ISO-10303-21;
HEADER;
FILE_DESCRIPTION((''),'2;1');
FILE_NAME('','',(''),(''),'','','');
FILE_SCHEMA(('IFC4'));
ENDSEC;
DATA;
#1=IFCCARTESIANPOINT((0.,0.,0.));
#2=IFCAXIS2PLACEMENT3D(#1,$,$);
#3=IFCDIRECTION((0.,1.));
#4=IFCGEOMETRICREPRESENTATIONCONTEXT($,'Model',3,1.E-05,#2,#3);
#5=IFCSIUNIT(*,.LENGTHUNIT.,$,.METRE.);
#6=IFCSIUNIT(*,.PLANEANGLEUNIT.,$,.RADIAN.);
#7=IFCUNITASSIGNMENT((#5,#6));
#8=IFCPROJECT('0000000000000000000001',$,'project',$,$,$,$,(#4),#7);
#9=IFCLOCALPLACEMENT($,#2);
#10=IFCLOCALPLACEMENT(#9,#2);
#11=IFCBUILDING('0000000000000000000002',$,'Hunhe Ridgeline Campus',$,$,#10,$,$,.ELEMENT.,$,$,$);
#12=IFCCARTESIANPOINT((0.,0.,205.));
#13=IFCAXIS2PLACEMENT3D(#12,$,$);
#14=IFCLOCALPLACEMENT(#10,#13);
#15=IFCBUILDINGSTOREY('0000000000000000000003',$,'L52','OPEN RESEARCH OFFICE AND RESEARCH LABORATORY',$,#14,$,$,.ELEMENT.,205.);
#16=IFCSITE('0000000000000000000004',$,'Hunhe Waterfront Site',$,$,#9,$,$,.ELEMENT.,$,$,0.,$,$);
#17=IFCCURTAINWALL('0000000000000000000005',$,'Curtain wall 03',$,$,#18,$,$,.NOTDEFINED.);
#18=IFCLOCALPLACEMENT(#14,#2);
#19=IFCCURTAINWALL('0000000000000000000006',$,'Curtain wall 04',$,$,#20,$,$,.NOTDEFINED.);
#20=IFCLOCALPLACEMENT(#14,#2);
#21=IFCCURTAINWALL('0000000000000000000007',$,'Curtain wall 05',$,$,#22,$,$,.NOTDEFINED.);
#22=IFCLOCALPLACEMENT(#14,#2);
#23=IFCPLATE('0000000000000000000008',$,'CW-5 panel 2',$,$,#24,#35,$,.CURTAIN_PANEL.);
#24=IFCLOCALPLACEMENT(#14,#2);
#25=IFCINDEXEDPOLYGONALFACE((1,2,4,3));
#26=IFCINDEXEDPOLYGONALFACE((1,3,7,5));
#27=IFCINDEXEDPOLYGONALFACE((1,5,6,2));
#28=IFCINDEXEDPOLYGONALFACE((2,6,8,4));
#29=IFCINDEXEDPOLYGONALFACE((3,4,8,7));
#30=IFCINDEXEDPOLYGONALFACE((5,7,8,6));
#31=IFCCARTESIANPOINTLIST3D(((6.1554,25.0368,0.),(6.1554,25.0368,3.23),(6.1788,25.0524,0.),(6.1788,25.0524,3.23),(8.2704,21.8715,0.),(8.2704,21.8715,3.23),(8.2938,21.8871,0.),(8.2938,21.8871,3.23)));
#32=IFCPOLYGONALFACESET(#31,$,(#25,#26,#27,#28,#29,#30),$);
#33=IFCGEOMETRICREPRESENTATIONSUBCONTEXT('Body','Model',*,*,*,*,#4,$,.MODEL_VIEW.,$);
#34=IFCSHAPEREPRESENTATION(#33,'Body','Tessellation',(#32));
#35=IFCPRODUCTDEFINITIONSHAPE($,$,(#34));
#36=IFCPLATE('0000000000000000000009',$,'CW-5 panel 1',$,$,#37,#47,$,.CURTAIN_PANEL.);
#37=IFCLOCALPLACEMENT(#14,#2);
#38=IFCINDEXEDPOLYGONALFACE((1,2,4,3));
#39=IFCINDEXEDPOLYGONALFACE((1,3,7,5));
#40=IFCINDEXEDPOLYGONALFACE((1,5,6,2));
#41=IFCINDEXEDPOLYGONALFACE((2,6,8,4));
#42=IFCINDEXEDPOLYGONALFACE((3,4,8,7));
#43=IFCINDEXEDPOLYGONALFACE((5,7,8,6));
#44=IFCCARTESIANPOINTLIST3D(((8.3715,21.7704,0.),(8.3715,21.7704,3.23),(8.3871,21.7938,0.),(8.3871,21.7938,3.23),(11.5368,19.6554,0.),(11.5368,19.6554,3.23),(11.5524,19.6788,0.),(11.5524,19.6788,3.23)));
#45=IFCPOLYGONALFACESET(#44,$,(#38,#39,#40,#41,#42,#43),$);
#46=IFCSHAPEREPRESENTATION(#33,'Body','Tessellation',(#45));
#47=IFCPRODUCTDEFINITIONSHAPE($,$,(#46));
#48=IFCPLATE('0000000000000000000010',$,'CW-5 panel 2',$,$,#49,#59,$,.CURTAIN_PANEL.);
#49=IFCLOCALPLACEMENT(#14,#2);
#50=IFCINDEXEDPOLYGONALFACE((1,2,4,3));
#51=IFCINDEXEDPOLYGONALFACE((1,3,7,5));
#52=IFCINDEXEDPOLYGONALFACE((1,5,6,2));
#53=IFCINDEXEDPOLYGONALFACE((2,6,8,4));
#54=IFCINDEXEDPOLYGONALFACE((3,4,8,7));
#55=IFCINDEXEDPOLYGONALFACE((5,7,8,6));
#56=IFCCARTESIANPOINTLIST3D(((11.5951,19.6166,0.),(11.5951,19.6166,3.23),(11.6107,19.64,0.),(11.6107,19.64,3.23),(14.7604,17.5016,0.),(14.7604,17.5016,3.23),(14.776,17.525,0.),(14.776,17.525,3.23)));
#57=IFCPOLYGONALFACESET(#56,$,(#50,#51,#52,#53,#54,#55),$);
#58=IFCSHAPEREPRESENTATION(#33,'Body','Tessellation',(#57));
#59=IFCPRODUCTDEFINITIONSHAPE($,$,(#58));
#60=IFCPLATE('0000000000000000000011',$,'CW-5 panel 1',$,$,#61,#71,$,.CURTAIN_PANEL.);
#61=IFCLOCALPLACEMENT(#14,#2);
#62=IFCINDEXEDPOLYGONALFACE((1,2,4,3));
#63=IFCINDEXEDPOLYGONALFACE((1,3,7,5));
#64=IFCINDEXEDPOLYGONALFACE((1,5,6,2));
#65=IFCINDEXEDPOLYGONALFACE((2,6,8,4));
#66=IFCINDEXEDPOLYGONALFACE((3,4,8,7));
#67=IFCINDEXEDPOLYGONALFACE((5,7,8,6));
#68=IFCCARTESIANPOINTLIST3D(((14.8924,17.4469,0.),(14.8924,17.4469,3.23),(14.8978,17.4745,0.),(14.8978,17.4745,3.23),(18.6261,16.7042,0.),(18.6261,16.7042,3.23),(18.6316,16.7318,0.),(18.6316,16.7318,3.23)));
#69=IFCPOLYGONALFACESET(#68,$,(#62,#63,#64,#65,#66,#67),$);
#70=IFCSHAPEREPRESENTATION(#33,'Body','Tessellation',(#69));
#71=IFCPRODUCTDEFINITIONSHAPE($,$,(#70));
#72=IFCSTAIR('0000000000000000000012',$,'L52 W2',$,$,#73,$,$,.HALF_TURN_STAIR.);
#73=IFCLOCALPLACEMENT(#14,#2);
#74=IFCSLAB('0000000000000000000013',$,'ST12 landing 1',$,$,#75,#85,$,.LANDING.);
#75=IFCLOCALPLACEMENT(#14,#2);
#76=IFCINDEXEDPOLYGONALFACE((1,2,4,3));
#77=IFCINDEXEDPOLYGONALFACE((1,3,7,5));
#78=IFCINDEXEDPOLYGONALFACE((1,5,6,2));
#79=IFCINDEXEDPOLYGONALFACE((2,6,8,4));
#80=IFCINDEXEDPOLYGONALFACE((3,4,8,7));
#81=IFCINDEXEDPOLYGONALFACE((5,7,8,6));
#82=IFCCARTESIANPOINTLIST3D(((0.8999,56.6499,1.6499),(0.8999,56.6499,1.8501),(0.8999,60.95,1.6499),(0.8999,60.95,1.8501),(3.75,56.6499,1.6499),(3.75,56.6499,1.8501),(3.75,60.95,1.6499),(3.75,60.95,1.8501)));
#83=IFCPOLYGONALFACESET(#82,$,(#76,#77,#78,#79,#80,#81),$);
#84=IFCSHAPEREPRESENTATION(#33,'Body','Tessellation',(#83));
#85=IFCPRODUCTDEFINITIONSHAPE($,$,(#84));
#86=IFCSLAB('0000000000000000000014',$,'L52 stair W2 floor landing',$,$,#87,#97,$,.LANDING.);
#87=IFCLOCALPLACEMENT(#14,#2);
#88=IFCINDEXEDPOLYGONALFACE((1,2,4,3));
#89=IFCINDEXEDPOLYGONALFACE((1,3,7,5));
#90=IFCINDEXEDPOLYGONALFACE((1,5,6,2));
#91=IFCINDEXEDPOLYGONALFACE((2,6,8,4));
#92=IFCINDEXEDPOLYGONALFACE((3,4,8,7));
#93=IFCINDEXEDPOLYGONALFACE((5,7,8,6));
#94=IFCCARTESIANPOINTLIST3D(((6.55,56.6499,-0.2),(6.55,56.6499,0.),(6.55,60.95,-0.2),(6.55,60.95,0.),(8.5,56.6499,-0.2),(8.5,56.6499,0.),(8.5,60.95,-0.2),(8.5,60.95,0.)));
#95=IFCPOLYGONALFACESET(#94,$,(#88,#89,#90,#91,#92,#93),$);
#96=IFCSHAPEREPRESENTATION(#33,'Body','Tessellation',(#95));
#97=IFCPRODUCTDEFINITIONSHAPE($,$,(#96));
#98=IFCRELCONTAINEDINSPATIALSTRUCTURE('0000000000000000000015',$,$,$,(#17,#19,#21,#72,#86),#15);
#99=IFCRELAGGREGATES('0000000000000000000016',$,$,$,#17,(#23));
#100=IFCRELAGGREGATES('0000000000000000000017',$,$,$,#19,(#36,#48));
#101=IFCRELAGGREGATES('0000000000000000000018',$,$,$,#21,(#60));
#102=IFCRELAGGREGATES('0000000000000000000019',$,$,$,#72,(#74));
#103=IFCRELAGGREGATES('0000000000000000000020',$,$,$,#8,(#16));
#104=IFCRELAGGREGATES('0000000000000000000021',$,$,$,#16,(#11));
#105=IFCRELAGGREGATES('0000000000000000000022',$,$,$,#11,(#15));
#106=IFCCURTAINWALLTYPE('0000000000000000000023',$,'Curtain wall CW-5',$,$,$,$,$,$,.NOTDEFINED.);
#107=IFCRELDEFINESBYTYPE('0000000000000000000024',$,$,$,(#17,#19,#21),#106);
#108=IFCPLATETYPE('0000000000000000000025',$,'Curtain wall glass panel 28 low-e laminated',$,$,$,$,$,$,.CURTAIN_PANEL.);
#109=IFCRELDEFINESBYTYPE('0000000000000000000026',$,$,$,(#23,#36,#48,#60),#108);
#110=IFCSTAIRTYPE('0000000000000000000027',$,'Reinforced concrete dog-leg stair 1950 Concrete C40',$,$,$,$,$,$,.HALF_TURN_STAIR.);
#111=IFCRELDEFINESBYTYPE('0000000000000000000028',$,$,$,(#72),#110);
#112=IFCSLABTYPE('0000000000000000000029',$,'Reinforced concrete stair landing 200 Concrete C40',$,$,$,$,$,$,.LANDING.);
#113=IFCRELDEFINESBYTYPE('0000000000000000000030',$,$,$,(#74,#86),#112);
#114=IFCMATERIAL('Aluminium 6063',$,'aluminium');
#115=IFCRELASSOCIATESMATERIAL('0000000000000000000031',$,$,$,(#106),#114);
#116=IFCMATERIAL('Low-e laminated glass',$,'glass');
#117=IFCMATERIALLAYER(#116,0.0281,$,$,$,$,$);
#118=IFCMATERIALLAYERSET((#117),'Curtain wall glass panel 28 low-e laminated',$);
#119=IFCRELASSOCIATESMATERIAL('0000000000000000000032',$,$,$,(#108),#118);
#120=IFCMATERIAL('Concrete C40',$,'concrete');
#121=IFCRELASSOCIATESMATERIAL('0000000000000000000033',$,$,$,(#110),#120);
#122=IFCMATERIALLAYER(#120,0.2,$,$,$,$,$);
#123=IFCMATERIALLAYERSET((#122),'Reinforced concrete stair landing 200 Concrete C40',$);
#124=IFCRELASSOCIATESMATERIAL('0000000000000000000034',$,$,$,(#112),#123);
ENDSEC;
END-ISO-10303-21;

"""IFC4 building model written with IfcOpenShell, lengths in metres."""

from ifc_helpers import new_model, si_unit, direction, frame, origin, origin_2d, place, context, subcontext, project, spatial, polyline, rectangle, outline, extrude, material, layer, layer_set, type_object, element, aggregate, save


model = new_model("IFC4")

# Units and contexts
model_context = context("Model", 3, precision=1e-05, world=origin(), true_north=direction((0.0, 1.0)))
body_context = subcontext(model_context, "Body", "Model", "MODEL_VIEW")
ifc_project = project(units=[si_unit("LENGTHUNIT", "METRE"), si_unit("PLANEANGLEUNIT", "RADIAN")], contexts=[model_context])

# Site, building, storey
site_placement = place(None, origin())
site = spatial("IfcSite", under=ifc_project, at=site_placement, Name="Hunhe Waterfront Site", CompositionType="ELEMENT", RefElevation=0.0)
building_placement = place(site_placement, origin())
building = spatial("IfcBuilding", under=site, at=building_placement, Name="Hunhe Ridgeline Campus", CompositionType="ELEMENT")
storey_placement = place(building_placement, frame((0.0, 0.0, 205.0)))
storey = spatial("IfcBuildingStorey", under=building, at=storey_placement, Name="L52", Description="OPEN RESEARCH OFFICE AND RESEARCH LABORATORY", CompositionType="ELEMENT", Elevation=205.0)

# Curtain walls
ifc_material_1 = material(Name="Aluminium 6063", Category="aluminium")
curtain_wall_type = type_object("IfcCurtainWallType", Name="Curtain wall CW-5", PredefinedType="NOTDEFINED", material=ifc_material_1)
curtain_wall_1_placement = place(storey_placement, origin())
curtain_wall_1 = element("IfcCurtainWall", 1, at=curtain_wall_1_placement, inside=storey, type_object=curtain_wall_type, Name="Curtain wall 03", PredefinedType="NOTDEFINED")
curtain_wall_2_placement = place(storey_placement, origin())
curtain_wall_2 = element("IfcCurtainWall", 2, at=curtain_wall_2_placement, inside=storey, type_object=curtain_wall_type, Name="Curtain wall 04", PredefinedType="NOTDEFINED")
curtain_wall_3_placement = place(storey_placement, origin())
curtain_wall_3 = element("IfcCurtainWall", 3, at=curtain_wall_3_placement, inside=storey, type_object=curtain_wall_type, Name="Curtain wall 05", PredefinedType="NOTDEFINED")

# Plates
ifc_material_2 = material(Name="Low-e laminated glass", Category="glass")
ifc_layer_1 = layer(ifc_material_2, 0.0281)
ifc_layer_set_1 = layer_set([ifc_layer_1], Name="Curtain wall glass panel 28 low-e laminated")
plate_type = type_object("IfcPlateType", Name="Curtain wall glass panel 28 low-e laminated", PredefinedType="CURTAIN_PANEL", material=ifc_layer_set_1)
plate_1_placement = place(storey_placement, frame((7.2246, 23.4619, 0.0), z_axis=(0.0, 0.0, 1.0), x_axis=(0.55557, -0.83147, 0.0)))
plate_1 = element("IfcPlate", 4, at=plate_1_placement, type_object=plate_type, Name="CW-5 panel 2", PredefinedType="CURTAIN_PANEL", context=body_context, shape_type="SweptSolid", body=[
    extrude(rectangle(XDim=3.8069, YDim=0.0281, at=origin_2d()), origin(), (0.0, 0.0, 1.0), 3.23),
])
aggregate(curtain_wall_1, [plate_1])
plate_2_placement = place(storey_placement, frame((9.9619, 20.7246, 0.0), z_axis=(0.0, 0.0, 1.0), x_axis=(0.83147, -0.55557, 0.0)))
plate_2 = element("IfcPlate", 5, at=plate_2_placement, type_object=plate_type, Name="CW-5 panel 1", PredefinedType="CURTAIN_PANEL", context=body_context, shape_type="SweptSolid", body=[
    extrude(rectangle(XDim=3.8069, YDim=0.0281, at=origin_2d()), origin(), (0.0, 0.0, 1.0), 3.23),
])
plate_3_placement = place(storey_placement, frame((13.1855, 18.5708, 0.0), z_axis=(0.0, 0.0, 1.0), x_axis=(0.83147, -0.55557, 0.0)))
plate_3 = element("IfcPlate", 6, at=plate_3_placement, type_object=plate_type, Name="CW-5 panel 2", PredefinedType="CURTAIN_PANEL", context=body_context, shape_type="SweptSolid", body=[
    extrude(rectangle(XDim=3.8069, YDim=0.0281, at=origin_2d()), origin(), (0.0, 0.0, 1.0), 3.23),
])
aggregate(curtain_wall_2, [plate_2, plate_3])
plate_4_placement = place(storey_placement, frame((16.762, 17.0894, 0.0), z_axis=(0.0, 0.0, 1.0), x_axis=(0.980785, -0.19509, 0.0)))
plate_4 = element("IfcPlate", 7, at=plate_4_placement, type_object=plate_type, Name="CW-5 panel 1", PredefinedType="CURTAIN_PANEL", context=body_context, shape_type="SweptSolid", body=[
    extrude(rectangle(XDim=3.8069, YDim=0.0281, at=origin_2d()), origin(), (0.0, 0.0, 1.0), 3.23),
])
aggregate(curtain_wall_3, [plate_4])

# Stair, slab
ifc_material_3 = material(Name="Concrete C40", Category="concrete")
stair_type = type_object("IfcStairType", Name="Reinforced concrete dog-leg stair 1950 Concrete C40", PredefinedType="HALF_TURN_STAIR", material=ifc_material_3)
stair_placement = place(storey_placement, origin())
stair = element("IfcStair", 8, at=stair_placement, inside=storey, type_object=stair_type, Name="L52 W2", PredefinedType="HALF_TURN_STAIR")
ifc_layer_2 = layer(ifc_material_3, 0.2)
ifc_layer_set_2 = layer_set([ifc_layer_2], Name="Reinforced concrete stair landing 200 Concrete C40")
slab_type = type_object("IfcSlabType", Name="Reinforced concrete stair landing 200 Concrete C40", PredefinedType="LANDING", material=ifc_layer_set_2)
slab_1_placement = place(storey_placement, frame((0.0, 0.0, 1.6499)))
slab_1 = element("IfcSlab", 9, at=slab_1_placement, type_object=slab_type, Name="ST12 landing 1", PredefinedType="LANDING", context=body_context, shape_type="SweptSolid", body=[
    extrude(outline(polyline([(3.75, 60.95), (0.8999, 60.95), (0.8999, 56.6499), (3.75, 56.6499), (3.75, 60.95)])), origin(), (0.0, 0.0, 1.0), 0.2002),
])
aggregate(stair, [slab_1])

# Slab
slab_2_placement = place(storey_placement, frame((0.0, 0.0, -0.2)))
element("IfcSlab", 10, at=slab_2_placement, inside=storey, type_object=slab_type, Name="L52 stair W2 floor landing", PredefinedType="LANDING", context=body_context, shape_type="SweptSolid", body=[
    extrude(outline(polyline([(8.5, 60.95), (6.55, 60.95), (6.55, 56.6499), (8.5, 56.6499), (8.5, 60.95)])), origin(), (0.0, 0.0, 1.0), 0.2),
])

save(model, "model.ifc")
